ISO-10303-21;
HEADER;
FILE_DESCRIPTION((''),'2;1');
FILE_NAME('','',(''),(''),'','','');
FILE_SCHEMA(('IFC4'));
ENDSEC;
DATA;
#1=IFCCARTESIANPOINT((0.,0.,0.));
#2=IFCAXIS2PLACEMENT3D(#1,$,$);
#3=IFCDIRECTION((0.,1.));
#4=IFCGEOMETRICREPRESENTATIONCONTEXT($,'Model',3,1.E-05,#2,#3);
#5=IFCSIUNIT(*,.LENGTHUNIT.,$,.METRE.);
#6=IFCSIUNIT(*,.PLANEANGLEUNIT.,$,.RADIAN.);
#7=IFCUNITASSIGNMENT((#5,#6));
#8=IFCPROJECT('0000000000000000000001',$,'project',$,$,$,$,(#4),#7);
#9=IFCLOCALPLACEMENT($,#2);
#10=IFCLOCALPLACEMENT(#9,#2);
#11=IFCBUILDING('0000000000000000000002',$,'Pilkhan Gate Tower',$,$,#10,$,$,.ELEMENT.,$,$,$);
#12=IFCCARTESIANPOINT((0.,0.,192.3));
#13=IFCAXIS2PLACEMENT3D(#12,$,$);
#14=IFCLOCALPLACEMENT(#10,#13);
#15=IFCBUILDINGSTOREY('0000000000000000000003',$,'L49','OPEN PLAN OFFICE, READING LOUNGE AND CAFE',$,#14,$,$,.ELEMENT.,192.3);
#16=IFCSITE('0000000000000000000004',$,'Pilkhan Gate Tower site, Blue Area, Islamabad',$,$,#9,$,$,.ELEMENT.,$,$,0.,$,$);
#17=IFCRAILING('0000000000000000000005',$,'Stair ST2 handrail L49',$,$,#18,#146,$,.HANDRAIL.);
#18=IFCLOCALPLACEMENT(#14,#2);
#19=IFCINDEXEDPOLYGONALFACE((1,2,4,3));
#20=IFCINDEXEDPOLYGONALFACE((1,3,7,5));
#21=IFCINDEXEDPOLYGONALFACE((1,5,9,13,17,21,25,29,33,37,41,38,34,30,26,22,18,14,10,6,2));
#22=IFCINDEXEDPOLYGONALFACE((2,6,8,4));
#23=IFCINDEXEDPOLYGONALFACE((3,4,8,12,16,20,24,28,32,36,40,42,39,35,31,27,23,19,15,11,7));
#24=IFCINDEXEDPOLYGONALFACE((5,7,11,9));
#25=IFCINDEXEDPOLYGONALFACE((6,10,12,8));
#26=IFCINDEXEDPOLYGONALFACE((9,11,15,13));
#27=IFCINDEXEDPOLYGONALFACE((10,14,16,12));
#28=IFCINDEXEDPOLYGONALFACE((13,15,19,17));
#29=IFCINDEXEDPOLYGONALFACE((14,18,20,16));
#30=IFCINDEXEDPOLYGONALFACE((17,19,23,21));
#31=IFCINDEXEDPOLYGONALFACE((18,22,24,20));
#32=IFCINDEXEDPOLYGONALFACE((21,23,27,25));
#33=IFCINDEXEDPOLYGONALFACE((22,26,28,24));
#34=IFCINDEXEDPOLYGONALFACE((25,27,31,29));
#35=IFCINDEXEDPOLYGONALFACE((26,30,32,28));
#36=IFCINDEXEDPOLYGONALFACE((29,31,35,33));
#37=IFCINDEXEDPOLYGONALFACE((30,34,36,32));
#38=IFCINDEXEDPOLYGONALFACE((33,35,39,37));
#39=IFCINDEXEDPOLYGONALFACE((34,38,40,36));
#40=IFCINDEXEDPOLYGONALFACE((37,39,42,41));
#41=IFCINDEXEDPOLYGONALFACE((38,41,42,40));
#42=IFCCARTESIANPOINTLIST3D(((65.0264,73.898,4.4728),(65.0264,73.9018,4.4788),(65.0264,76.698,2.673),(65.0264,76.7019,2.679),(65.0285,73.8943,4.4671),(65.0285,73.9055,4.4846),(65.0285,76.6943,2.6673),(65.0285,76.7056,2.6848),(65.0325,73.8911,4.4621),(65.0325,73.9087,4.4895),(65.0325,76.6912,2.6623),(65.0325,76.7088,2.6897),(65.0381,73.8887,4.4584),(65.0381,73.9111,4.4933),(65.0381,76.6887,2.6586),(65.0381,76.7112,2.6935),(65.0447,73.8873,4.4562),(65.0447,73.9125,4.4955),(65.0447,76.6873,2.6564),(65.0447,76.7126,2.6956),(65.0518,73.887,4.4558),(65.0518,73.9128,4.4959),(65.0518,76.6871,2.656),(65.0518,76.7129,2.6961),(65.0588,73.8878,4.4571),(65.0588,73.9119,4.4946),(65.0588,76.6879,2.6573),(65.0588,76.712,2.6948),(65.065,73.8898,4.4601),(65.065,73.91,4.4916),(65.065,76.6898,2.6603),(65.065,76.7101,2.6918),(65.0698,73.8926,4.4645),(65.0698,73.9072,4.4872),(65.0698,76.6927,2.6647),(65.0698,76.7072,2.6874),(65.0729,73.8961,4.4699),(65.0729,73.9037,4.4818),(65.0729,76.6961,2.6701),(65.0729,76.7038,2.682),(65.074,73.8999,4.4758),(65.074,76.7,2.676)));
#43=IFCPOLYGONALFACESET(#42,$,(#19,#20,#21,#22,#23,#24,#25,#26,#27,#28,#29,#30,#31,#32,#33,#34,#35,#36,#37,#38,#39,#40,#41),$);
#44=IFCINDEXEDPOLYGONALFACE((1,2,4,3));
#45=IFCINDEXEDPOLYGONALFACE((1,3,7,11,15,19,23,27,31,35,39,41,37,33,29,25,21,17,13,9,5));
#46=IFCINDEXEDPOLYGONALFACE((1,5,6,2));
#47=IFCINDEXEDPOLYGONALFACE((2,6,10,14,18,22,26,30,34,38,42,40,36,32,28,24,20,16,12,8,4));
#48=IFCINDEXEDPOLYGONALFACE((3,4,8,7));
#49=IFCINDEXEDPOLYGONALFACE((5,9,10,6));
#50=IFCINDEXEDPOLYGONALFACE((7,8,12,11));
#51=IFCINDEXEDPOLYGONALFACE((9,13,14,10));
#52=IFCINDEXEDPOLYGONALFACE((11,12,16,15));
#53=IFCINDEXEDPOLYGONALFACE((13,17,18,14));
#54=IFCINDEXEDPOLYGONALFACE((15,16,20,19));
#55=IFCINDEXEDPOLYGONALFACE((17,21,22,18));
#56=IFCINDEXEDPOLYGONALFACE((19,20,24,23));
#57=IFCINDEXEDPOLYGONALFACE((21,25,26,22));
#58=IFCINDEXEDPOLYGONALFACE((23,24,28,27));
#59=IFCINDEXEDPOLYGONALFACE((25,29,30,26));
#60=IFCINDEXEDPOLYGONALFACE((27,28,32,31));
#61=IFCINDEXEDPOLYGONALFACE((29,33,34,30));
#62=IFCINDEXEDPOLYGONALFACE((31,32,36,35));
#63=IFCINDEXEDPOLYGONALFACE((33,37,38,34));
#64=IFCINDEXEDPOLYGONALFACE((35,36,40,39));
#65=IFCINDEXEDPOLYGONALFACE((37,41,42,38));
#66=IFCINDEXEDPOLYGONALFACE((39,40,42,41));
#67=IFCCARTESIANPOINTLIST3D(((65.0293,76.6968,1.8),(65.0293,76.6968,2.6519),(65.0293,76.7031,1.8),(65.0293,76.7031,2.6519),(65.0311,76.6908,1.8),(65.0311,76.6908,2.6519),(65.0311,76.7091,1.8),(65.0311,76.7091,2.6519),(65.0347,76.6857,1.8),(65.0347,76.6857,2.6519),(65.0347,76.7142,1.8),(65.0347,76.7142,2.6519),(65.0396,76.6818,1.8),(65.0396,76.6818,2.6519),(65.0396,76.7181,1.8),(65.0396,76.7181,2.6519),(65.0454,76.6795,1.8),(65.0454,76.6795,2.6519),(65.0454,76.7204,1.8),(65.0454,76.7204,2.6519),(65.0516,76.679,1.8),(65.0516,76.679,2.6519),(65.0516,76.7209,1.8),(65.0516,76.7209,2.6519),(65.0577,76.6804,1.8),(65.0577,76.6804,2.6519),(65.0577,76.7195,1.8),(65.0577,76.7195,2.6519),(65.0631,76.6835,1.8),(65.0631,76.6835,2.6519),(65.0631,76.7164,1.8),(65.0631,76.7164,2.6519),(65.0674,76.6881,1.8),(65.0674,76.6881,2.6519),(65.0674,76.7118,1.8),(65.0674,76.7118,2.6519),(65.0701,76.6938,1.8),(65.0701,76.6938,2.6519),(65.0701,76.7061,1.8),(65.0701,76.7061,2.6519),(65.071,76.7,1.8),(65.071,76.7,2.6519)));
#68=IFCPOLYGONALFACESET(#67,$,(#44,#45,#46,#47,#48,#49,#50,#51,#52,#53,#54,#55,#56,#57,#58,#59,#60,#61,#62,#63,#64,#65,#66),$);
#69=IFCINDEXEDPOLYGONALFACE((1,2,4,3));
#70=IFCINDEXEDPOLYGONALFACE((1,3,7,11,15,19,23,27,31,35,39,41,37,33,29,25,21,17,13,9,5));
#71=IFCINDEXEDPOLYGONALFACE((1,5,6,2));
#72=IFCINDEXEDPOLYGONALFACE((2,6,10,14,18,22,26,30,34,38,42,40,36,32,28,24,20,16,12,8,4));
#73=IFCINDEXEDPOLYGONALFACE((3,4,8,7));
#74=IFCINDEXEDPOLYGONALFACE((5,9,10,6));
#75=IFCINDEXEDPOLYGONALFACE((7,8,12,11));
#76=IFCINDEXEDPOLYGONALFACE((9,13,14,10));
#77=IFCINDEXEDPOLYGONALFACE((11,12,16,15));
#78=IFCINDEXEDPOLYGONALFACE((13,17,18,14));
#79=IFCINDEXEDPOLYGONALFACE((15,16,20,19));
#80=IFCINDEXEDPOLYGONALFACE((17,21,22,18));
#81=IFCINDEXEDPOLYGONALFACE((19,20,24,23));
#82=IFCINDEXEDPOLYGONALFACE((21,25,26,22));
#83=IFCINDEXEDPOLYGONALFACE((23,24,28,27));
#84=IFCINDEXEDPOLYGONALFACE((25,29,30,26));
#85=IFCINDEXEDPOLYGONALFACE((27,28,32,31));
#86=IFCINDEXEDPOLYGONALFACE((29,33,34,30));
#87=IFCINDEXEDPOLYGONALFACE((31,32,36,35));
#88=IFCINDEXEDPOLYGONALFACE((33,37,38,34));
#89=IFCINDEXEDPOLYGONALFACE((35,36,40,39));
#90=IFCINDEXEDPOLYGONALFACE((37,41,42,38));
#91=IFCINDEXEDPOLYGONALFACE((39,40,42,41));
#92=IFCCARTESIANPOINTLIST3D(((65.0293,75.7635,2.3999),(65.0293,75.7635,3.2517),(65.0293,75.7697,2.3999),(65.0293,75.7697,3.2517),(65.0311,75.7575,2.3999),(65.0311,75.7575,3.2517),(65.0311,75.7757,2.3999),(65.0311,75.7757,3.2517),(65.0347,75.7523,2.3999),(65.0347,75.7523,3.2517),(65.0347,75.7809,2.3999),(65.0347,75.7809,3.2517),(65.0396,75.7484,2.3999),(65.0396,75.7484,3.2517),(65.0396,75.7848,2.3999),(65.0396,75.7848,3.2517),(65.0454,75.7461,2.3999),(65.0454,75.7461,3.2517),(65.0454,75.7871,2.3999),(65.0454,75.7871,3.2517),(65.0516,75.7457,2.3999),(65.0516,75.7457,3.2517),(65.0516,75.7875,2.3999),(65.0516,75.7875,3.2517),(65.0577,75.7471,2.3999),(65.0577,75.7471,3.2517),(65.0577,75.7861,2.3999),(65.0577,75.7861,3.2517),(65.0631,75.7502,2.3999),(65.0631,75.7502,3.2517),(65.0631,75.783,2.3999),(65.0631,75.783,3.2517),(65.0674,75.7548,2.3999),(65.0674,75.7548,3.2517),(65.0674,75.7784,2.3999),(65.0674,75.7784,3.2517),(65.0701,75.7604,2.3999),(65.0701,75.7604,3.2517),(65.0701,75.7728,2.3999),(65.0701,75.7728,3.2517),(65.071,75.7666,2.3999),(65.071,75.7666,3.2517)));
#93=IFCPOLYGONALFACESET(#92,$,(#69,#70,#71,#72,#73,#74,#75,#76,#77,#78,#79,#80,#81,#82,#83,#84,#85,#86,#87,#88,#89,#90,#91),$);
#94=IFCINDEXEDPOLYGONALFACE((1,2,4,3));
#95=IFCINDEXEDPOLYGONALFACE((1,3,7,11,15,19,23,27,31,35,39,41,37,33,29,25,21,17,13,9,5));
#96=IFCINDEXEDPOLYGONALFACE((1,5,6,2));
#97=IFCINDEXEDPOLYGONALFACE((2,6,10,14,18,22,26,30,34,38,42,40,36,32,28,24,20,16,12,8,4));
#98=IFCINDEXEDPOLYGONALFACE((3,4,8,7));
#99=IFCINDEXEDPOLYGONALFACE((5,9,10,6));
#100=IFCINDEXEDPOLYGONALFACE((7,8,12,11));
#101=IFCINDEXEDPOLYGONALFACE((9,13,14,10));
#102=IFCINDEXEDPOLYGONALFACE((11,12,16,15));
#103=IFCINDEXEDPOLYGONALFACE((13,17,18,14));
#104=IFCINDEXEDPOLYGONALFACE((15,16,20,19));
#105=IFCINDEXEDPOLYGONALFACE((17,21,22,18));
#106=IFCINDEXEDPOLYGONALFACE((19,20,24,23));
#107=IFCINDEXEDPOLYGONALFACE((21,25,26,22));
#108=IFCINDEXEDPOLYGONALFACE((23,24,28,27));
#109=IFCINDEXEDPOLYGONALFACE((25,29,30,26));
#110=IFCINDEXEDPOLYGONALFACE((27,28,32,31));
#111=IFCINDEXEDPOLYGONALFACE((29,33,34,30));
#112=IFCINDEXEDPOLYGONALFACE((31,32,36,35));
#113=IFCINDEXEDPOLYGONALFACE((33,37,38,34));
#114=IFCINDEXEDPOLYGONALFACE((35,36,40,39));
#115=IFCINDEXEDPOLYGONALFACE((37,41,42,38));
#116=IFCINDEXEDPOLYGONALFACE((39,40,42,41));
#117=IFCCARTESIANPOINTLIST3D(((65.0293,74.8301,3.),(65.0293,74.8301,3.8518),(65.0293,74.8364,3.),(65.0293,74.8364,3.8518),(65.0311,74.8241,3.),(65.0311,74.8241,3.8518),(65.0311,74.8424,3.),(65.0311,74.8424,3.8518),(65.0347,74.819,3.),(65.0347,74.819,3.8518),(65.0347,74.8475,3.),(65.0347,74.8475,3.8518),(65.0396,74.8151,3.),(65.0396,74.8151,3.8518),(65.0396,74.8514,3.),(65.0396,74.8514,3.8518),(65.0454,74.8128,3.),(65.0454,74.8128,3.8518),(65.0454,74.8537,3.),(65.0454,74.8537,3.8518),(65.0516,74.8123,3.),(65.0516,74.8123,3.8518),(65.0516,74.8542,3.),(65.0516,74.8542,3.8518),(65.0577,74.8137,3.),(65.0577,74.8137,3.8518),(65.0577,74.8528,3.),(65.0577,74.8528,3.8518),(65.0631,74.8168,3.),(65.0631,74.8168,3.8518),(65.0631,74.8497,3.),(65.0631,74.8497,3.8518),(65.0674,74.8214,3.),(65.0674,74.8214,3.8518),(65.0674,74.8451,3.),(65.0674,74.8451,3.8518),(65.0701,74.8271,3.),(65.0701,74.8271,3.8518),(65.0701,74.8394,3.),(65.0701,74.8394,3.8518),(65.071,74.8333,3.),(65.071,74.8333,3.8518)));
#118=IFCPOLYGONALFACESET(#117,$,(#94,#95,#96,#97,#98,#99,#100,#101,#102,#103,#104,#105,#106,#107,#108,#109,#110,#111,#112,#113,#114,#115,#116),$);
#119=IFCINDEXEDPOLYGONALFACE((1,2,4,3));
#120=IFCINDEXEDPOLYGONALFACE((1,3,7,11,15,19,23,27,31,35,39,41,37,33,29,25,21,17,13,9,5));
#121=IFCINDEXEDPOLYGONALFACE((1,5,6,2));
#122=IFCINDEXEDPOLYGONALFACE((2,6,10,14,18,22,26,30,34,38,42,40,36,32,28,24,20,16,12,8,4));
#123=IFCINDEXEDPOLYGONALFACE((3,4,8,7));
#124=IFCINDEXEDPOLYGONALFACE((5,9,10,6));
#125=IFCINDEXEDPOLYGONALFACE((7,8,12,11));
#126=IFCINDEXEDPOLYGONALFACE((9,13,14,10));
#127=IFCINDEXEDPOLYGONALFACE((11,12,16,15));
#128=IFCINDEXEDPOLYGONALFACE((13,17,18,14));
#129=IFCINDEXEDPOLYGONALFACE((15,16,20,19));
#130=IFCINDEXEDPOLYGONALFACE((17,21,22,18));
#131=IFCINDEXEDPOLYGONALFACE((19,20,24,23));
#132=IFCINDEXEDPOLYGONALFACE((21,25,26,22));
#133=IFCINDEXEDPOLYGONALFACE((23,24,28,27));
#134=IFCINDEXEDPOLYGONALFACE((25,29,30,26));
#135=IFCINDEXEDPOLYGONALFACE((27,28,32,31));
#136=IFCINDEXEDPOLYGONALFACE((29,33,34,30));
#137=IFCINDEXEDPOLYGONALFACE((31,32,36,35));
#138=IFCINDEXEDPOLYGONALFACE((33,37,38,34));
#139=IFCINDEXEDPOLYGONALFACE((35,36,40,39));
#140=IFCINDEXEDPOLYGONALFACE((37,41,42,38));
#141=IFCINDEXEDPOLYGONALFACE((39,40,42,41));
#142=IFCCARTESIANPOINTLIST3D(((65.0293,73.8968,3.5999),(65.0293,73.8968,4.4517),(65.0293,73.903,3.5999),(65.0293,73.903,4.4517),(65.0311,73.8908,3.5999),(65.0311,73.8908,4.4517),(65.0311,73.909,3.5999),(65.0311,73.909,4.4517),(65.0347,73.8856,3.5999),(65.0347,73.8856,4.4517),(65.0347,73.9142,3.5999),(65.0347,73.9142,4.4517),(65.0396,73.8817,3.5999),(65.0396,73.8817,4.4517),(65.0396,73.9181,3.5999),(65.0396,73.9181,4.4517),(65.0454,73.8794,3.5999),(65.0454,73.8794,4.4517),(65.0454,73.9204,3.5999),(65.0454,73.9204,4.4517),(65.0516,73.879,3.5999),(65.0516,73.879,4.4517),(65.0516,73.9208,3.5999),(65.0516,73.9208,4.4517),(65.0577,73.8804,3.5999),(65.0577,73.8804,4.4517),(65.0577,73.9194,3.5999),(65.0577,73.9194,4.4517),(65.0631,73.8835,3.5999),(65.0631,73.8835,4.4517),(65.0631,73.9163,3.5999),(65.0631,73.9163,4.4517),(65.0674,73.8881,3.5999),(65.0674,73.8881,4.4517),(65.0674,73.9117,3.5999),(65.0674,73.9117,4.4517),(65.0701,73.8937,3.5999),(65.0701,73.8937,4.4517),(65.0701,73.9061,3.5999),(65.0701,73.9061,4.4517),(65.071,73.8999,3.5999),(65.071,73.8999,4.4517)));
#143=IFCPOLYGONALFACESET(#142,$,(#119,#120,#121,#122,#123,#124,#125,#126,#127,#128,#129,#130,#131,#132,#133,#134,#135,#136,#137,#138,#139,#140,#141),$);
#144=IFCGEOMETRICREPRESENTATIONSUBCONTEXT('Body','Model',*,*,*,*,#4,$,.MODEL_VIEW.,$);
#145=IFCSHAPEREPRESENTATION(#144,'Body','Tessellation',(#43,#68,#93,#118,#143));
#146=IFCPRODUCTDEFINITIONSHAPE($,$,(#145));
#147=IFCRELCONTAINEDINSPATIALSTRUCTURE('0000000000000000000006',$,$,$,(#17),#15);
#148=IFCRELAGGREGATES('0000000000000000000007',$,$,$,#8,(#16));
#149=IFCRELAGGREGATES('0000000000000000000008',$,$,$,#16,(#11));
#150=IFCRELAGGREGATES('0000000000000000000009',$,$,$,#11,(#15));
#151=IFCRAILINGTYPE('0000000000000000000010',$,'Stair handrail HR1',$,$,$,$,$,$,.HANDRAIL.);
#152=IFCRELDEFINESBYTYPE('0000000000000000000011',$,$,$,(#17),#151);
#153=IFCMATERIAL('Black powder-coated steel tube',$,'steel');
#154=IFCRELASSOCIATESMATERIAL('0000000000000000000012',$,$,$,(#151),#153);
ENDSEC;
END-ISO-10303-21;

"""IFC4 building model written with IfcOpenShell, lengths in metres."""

from ifc_helpers import new_model, si_unit, direction, frame, origin, origin_2d, place, context, subcontext, project, spatial, circle, extrude, material, type_object, element, save


model = new_model("IFC4")

# Units and contexts
model_context = context("Model", 3, precision=1e-05, world=origin(), true_north=direction((0.0, 1.0)))
body_context = subcontext(model_context, "Body", "Model", "MODEL_VIEW")
ifc_project = project(units=[si_unit("LENGTHUNIT", "METRE"), si_unit("PLANEANGLEUNIT", "RADIAN")], contexts=[model_context])

# Site, building, storey
site_placement = place(None, origin())
site = spatial("IfcSite", under=ifc_project, at=site_placement, Name="Pilkhan Gate Tower site, Blue Area, Islamabad", CompositionType="ELEMENT", RefElevation=0.0)
building_placement = place(site_placement, origin())
building = spatial("IfcBuilding", under=site, at=building_placement, Name="Pilkhan Gate Tower", CompositionType="ELEMENT")
storey_placement = place(building_placement, frame((0.0, 0.0, 192.3)))
storey = spatial("IfcBuildingStorey", under=building, at=storey_placement, Name="L49", Description="OPEN PLAN OFFICE, READING LOUNGE AND CAFE", CompositionType="ELEMENT", Elevation=192.3)

# Railing
ifc_material_1 = material(Name="Black powder-coated steel tube", Category="steel")
railing_type_1 = type_object("IfcRailingType", Name="Stair handrail HR1", PredefinedType="HANDRAIL", material=ifc_material_1)
railing_1_placement = place(storey_placement, frame((65.05, 76.7, 1.8)))
element("IfcRailing", 1, at=railing_1_placement, inside=storey, type_object=railing_type_1, Name="Stair ST2 handrail L49", PredefinedType="HANDRAIL", context=body_context, shape_type="SweptSolid", body=[
    extrude(circle(Radius=0.0239, at=origin_2d()), frame((0.0, 0.0, 0.876), z_axis=(0.0, -0.841209, 0.540709), x_axis=(1.0, 0.0, 0.0)), (0.0, 0.0, 1.0), 3.3286),
    extrude(circle(Radius=0.021, at=origin_2d()), origin(), (0.0, 0.0, 1.0), 0.8518),
    extrude(circle(Radius=0.021, at=origin_2d()), frame((0.0, -0.9333, 0.5999)), (0.0, 0.0, 1.0), 0.8518),
    extrude(circle(Radius=0.021, at=origin_2d()), frame((0.0, -1.8667, 1.2)), (0.0, 0.0, 1.0), 0.8518),
    extrude(circle(Radius=0.021, at=origin_2d()), frame((0.0, -2.8, 1.7998)), (0.0, 0.0, 1.0), 0.8518),
])

save(model, "model.ifc")
